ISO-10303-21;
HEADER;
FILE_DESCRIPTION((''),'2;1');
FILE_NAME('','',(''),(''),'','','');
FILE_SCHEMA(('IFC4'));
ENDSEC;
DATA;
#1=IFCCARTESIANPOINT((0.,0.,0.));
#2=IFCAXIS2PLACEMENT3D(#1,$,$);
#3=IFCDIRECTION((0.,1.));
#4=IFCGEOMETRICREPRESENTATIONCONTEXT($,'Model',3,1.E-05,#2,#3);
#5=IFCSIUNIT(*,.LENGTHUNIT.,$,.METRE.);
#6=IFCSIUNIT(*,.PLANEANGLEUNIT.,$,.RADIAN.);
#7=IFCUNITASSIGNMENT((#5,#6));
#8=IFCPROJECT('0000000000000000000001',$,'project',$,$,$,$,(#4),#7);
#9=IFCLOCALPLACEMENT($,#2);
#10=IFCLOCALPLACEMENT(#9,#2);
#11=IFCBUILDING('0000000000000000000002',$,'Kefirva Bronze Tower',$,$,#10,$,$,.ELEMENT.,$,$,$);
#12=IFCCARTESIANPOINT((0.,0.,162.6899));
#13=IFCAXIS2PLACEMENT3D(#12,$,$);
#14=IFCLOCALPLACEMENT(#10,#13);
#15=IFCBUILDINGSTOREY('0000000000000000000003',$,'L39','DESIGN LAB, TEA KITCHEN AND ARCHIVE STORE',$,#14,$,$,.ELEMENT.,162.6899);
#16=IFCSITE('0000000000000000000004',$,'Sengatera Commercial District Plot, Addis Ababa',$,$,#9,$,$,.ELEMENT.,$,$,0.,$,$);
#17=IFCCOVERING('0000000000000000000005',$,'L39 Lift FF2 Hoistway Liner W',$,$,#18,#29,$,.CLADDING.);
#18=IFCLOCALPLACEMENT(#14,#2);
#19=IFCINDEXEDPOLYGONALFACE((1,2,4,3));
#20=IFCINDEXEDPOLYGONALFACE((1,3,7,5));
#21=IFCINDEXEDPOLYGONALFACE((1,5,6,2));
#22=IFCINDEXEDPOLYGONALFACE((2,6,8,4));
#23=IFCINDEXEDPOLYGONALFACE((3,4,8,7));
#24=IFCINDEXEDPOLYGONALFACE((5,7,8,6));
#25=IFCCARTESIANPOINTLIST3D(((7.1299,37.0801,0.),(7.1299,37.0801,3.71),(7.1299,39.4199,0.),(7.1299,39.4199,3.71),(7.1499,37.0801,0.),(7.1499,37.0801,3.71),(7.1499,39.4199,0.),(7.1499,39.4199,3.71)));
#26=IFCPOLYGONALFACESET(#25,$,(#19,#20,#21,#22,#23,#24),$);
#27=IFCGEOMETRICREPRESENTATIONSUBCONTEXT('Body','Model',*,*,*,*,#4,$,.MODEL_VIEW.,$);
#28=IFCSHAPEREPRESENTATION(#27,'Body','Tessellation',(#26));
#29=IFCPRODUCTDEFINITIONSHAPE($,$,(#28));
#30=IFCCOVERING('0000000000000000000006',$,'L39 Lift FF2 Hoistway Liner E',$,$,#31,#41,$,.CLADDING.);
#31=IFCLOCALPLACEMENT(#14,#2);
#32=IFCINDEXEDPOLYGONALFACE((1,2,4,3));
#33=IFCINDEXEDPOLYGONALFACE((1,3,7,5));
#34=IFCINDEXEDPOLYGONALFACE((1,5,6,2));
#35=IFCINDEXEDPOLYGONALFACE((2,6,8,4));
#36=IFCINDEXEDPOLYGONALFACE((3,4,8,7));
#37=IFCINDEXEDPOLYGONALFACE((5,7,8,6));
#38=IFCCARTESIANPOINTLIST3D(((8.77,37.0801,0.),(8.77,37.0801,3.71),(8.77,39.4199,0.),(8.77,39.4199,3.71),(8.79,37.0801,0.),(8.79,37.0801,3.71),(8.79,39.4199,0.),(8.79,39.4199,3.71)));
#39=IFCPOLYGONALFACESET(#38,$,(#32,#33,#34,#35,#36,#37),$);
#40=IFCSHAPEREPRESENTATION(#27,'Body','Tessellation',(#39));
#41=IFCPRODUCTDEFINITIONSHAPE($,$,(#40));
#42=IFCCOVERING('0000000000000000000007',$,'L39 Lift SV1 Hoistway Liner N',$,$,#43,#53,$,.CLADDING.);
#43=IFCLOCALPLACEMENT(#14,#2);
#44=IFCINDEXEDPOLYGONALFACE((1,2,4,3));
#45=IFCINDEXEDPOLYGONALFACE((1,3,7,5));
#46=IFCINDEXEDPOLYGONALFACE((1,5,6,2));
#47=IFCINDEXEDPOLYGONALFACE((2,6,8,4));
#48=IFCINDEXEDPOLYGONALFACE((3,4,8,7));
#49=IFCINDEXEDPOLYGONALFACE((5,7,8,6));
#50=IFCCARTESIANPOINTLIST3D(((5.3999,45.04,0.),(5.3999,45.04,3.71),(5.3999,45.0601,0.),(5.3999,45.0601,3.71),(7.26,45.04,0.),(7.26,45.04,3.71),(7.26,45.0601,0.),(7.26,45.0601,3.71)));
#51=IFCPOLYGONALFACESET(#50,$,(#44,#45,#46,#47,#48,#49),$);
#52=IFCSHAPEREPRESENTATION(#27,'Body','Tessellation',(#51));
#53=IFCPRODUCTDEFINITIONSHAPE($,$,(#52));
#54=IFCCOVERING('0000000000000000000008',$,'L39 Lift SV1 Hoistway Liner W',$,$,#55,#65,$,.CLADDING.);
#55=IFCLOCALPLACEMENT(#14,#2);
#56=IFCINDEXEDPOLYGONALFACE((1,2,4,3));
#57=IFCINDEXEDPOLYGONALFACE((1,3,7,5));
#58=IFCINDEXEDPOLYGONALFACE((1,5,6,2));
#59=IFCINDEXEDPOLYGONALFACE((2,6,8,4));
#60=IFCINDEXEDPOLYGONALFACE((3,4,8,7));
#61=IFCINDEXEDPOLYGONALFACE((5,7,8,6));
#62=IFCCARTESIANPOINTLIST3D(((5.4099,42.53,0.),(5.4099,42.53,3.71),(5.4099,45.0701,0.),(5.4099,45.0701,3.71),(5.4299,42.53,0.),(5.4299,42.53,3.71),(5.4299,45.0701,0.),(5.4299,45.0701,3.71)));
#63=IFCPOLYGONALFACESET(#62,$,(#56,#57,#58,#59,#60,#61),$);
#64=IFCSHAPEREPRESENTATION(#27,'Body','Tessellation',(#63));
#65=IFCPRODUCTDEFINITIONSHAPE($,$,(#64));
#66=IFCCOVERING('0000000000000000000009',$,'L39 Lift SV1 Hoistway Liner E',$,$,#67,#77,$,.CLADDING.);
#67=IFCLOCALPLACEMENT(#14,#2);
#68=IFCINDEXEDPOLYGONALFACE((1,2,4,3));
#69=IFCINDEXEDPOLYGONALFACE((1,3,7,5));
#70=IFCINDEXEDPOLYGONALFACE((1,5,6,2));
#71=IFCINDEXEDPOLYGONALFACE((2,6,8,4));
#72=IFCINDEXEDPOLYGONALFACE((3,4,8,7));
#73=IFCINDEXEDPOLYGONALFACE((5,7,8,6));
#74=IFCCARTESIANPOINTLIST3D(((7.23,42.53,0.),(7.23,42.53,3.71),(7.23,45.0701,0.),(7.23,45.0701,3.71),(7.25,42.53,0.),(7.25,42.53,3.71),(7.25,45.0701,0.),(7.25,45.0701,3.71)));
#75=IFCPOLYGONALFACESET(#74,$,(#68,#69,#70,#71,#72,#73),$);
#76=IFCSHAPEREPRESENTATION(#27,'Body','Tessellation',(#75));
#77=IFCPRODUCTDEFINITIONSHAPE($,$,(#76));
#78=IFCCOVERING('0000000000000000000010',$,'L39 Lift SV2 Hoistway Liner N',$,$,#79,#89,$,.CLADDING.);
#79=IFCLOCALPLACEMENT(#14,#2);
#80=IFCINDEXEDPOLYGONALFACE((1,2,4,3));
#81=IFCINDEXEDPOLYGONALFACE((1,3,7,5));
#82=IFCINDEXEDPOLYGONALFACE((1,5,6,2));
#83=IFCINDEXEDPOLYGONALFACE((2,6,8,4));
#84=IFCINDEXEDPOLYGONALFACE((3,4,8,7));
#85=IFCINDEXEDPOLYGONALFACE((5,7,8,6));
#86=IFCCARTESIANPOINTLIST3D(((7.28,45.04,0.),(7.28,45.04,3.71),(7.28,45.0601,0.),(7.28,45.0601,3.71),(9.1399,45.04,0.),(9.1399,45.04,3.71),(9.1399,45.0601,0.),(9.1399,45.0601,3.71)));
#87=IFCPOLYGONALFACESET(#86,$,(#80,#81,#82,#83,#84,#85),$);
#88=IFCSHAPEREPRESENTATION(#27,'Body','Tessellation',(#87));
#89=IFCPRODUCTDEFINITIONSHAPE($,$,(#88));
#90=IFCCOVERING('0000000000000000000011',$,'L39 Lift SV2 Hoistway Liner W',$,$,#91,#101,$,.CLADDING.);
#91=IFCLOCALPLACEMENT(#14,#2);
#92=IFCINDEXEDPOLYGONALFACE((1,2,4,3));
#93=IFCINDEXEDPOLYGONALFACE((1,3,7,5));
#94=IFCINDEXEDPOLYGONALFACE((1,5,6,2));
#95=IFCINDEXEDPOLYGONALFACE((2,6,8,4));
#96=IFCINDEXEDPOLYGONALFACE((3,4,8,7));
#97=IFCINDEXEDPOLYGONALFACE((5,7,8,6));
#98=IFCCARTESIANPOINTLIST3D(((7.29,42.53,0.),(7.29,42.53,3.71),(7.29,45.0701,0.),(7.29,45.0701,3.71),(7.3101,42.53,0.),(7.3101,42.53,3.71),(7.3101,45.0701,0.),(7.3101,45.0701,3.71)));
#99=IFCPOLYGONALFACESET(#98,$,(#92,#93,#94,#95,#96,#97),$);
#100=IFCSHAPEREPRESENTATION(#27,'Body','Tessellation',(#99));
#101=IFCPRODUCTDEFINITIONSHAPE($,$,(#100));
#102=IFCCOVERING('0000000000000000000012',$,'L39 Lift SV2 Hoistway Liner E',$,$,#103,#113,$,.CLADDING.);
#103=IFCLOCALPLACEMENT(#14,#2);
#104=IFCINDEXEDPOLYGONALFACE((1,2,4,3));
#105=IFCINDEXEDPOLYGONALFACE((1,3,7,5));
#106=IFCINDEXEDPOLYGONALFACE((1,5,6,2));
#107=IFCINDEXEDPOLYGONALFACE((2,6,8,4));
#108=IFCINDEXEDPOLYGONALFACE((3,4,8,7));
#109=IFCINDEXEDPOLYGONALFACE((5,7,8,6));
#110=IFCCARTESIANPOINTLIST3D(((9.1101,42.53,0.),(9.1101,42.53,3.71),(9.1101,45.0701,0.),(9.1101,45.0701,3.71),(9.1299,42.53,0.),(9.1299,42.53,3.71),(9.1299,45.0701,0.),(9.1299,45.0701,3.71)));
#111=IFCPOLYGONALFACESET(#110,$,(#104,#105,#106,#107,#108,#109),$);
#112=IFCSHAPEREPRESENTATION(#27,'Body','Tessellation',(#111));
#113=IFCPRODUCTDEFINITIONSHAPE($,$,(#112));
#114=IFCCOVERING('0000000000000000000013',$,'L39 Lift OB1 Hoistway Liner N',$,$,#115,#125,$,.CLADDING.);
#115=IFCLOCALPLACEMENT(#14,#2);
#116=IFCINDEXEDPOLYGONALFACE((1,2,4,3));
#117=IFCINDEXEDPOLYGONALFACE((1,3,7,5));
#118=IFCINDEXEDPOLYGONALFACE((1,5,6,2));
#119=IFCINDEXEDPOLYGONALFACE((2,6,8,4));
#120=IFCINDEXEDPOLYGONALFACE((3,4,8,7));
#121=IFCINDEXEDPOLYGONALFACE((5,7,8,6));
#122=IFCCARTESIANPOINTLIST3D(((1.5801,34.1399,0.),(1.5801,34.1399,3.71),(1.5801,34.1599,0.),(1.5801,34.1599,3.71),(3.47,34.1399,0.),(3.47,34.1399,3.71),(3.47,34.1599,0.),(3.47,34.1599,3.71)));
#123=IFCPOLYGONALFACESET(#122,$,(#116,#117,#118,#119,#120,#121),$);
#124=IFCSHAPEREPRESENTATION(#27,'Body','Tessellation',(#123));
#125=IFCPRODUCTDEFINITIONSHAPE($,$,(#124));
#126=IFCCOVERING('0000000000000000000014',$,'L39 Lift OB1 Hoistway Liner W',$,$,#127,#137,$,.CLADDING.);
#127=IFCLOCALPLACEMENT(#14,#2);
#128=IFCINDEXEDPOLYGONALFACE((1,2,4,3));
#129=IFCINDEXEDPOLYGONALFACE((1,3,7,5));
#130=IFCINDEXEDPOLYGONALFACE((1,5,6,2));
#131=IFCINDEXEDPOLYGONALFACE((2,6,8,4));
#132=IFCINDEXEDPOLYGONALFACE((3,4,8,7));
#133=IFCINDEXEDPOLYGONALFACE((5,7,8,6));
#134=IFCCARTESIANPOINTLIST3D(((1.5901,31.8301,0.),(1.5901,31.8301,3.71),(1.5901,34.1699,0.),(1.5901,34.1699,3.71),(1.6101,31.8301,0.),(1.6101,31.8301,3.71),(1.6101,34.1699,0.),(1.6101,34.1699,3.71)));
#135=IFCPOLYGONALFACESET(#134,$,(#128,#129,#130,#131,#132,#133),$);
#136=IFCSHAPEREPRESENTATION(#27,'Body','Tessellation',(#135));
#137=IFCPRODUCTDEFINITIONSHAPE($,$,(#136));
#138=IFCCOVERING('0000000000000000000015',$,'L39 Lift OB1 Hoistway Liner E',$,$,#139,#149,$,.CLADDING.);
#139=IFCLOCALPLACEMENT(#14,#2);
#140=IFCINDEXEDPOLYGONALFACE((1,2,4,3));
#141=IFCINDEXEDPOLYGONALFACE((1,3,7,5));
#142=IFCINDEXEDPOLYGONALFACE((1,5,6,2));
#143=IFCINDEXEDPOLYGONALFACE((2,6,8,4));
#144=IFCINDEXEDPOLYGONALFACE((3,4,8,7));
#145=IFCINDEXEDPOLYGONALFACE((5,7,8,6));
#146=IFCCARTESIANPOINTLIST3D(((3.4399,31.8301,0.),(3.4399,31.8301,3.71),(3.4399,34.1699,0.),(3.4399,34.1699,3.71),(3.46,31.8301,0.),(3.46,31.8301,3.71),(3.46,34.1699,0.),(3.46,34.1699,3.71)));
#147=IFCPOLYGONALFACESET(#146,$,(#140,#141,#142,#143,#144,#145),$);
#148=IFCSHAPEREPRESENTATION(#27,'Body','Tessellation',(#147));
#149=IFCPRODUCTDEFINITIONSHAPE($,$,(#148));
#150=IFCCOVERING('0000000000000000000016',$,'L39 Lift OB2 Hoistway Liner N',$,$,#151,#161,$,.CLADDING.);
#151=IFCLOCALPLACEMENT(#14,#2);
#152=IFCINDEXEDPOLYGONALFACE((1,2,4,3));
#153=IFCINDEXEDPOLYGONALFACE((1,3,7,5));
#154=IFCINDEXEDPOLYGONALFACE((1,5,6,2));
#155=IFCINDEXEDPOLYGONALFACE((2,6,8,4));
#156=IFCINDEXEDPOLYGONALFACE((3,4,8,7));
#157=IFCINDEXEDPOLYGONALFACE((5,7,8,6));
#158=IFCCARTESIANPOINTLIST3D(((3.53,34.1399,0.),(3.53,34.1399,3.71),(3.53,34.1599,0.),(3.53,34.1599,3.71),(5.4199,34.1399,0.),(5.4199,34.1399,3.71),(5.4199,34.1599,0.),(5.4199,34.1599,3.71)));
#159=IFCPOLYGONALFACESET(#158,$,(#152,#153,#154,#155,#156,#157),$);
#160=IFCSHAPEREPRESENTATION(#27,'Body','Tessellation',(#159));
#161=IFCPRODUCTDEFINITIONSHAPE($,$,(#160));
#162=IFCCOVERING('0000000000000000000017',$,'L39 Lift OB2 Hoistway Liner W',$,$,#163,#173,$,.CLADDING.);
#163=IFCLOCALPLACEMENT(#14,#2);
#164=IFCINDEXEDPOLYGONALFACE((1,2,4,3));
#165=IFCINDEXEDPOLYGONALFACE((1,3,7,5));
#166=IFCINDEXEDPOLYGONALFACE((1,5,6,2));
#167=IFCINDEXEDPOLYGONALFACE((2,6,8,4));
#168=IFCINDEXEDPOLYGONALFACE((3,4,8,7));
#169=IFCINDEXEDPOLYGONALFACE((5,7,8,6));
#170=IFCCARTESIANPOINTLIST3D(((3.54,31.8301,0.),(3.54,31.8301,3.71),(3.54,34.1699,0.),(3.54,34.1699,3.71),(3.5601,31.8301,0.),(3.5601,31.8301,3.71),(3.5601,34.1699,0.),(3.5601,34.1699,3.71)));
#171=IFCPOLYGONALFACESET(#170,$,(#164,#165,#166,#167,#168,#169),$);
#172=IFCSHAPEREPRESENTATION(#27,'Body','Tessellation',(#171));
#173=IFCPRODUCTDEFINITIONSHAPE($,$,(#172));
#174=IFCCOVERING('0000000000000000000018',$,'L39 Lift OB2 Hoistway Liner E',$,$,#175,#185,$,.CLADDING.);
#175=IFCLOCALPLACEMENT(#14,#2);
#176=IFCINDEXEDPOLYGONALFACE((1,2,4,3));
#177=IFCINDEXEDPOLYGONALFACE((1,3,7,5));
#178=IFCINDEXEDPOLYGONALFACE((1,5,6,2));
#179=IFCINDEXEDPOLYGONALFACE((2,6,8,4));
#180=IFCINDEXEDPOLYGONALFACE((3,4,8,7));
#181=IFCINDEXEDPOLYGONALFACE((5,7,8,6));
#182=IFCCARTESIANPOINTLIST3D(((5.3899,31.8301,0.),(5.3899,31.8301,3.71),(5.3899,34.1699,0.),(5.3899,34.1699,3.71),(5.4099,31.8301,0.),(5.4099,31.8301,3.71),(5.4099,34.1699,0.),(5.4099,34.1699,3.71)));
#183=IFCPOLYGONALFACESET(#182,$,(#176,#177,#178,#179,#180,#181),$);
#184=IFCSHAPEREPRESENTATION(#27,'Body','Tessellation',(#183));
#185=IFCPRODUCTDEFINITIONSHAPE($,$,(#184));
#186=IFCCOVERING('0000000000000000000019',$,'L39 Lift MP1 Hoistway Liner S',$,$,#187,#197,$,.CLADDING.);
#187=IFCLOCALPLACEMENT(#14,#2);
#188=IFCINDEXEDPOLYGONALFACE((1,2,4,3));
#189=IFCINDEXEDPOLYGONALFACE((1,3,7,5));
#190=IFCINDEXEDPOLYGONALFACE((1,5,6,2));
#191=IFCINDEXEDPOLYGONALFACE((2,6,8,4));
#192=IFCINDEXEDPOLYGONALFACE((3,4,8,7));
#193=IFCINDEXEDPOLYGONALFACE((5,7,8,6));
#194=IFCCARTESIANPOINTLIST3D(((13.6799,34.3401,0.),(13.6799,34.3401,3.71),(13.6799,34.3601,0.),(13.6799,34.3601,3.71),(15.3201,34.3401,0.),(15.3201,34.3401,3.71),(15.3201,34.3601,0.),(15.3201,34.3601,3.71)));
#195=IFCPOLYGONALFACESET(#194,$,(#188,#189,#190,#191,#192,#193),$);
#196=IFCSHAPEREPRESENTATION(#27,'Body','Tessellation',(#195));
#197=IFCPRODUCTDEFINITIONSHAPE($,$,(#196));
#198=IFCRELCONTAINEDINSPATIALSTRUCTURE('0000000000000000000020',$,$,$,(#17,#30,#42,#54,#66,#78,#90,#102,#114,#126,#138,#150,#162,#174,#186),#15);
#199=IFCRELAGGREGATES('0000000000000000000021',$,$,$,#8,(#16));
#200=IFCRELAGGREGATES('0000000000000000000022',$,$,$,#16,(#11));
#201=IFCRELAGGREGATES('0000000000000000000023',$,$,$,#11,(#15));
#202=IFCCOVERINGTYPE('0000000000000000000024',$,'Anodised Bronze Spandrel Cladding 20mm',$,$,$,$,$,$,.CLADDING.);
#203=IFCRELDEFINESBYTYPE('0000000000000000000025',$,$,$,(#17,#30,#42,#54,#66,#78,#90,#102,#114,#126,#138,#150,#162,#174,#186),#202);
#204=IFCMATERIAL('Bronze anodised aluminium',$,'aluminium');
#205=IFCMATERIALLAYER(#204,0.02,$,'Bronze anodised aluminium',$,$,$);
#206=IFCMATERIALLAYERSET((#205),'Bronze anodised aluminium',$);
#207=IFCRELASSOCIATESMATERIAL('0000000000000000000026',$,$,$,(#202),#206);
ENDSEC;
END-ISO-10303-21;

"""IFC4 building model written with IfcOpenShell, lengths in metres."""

from ifc_helpers import new_model, si_unit, direction, frame, origin, place, context, subcontext, project, spatial, polyline, outline, extrude, material, layer, layer_set, type_object, element, save


model = new_model("IFC4")

# Units and contexts
model_context = context("Model", 3, precision=1e-05, world=origin(), true_north=direction((0.0, 1.0)))
body_context = subcontext(model_context, "Body", "Model", "MODEL_VIEW")
ifc_project = project(units=[si_unit("LENGTHUNIT", "METRE"), si_unit("PLANEANGLEUNIT", "RADIAN")], contexts=[model_context])

# Site, building, storey
site_placement = place(None, origin())
site = spatial("IfcSite", under=ifc_project, at=site_placement, Name="Sengatera Commercial District Plot, Addis Ababa", CompositionType="ELEMENT", RefElevation=0.0)
building_placement = place(site_placement, origin())
building = spatial("IfcBuilding", under=site, at=building_placement, Name="Kefirva Bronze Tower", CompositionType="ELEMENT")
storey_placement = place(building_placement, frame((0.0, 0.0, 162.6899)))
storey = spatial("IfcBuildingStorey", under=building, at=storey_placement, Name="L39", Description="DESIGN LAB, TEA KITCHEN AND ARCHIVE STORE", CompositionType="ELEMENT", Elevation=162.6899)

# Coverings
ifc_material_1 = material(Name="Bronze anodised aluminium", Category="aluminium")
ifc_layer_1 = layer(ifc_material_1, 0.02, Name="Bronze anodised aluminium")
ifc_layer_set_1 = layer_set([ifc_layer_1], Name="Bronze anodised aluminium")
covering_type = type_object("IfcCoveringType", Name="Anodised Bronze Spandrel Cladding 20mm", PredefinedType="CLADDING", material=ifc_layer_set_1)
covering_1_placement = place(storey_placement, origin())
element("IfcCovering", 1, at=covering_1_placement, inside=storey, type_object=covering_type, Name="L39 Lift FF2 Hoistway Liner W", PredefinedType="CLADDING", context=body_context, shape_type="SweptSolid", body=[
    extrude(outline(polyline([(7.1299, 37.0801), (7.1499, 37.0801), (7.1499, 39.4199), (7.1299, 39.4199), (7.1299, 37.0801)])), origin(), (0.0, 0.0, 1.0), 3.71),
])
covering_2_placement = place(storey_placement, origin())
element("IfcCovering", 2, at=covering_2_placement, inside=storey, type_object=covering_type, Name="L39 Lift FF2 Hoistway Liner E", PredefinedType="CLADDING", context=body_context, shape_type="SweptSolid", body=[
    extrude(outline(polyline([(8.77, 37.0801), (8.79, 37.0801), (8.79, 39.4199), (8.77, 39.4199), (8.77, 37.0801)])), origin(), (0.0, 0.0, 1.0), 3.71),
])
covering_3_placement = place(storey_placement, origin())
element("IfcCovering", 3, at=covering_3_placement, inside=storey, type_object=covering_type, Name="L39 Lift SV1 Hoistway Liner N", PredefinedType="CLADDING", context=body_context, shape_type="SweptSolid", body=[
    extrude(outline(polyline([(5.3999, 45.04), (7.26, 45.04), (7.26, 45.0601), (5.3999, 45.0601), (5.3999, 45.04)])), origin(), (0.0, 0.0, 1.0), 3.71),
])
covering_4_placement = place(storey_placement, origin())
element("IfcCovering", 4, at=covering_4_placement, inside=storey, type_object=covering_type, Name="L39 Lift SV1 Hoistway Liner W", PredefinedType="CLADDING", context=body_context, shape_type="SweptSolid", body=[
    extrude(outline(polyline([(5.4099, 42.53), (5.4299, 42.53), (5.4299, 45.0701), (5.4099, 45.0701), (5.4099, 42.53)])), origin(), (0.0, 0.0, 1.0), 3.71),
])
covering_5_placement = place(storey_placement, origin())
element("IfcCovering", 5, at=covering_5_placement, inside=storey, type_object=covering_type, Name="L39 Lift SV1 Hoistway Liner E", PredefinedType="CLADDING", context=body_context, shape_type="SweptSolid", body=[
    extrude(outline(polyline([(7.23, 42.53), (7.25, 42.53), (7.25, 45.0701), (7.23, 45.0701), (7.23, 42.53)])), origin(), (0.0, 0.0, 1.0), 3.71),
])
covering_6_placement = place(storey_placement, origin())
element("IfcCovering", 6, at=covering_6_placement, inside=storey, type_object=covering_type, Name="L39 Lift SV2 Hoistway Liner N", PredefinedType="CLADDING", context=body_context, shape_type="SweptSolid", body=[
    extrude(outline(polyline([(7.28, 45.04), (9.1399, 45.04), (9.1399, 45.0601), (7.28, 45.0601), (7.28, 45.04)])), origin(), (0.0, 0.0, 1.0), 3.71),
])
covering_7_placement = place(storey_placement, origin())
element("IfcCovering", 7, at=covering_7_placement, inside=storey, type_object=covering_type, Name="L39 Lift SV2 Hoistway Liner W", PredefinedType="CLADDING", context=body_context, shape_type="SweptSolid", body=[
    extrude(outline(polyline([(7.29, 42.53), (7.3101, 42.53), (7.3101, 45.0701), (7.29, 45.0701), (7.29, 42.53)])), origin(), (0.0, 0.0, 1.0), 3.71),
])
covering_8_placement = place(storey_placement, origin())
element("IfcCovering", 8, at=covering_8_placement, inside=storey, type_object=covering_type, Name="L39 Lift SV2 Hoistway Liner E", PredefinedType="CLADDING", context=body_context, shape_type="SweptSolid", body=[
    extrude(outline(polyline([(9.1101, 42.53), (9.1299, 42.53), (9.1299, 45.0701), (9.1101, 45.0701), (9.1101, 42.53)])), origin(), (0.0, 0.0, 1.0), 3.71),
])
covering_9_placement = place(storey_placement, origin())
element("IfcCovering", 9, at=covering_9_placement, inside=storey, type_object=covering_type, Name="L39 Lift OB1 Hoistway Liner N", PredefinedType="CLADDING", context=body_context, shape_type="SweptSolid", body=[
    extrude(outline(polyline([(1.5801, 34.1399), (3.47, 34.1399), (3.47, 34.1599), (1.5801, 34.1599), (1.5801, 34.1399)])), origin(), (0.0, 0.0, 1.0), 3.71),
])
covering_10_placement = place(storey_placement, origin())
element("IfcCovering", 10, at=covering_10_placement, inside=storey, type_object=covering_type, Name="L39 Lift OB1 Hoistway Liner W", PredefinedType="CLADDING", context=body_context, shape_type="SweptSolid", body=[
    extrude(outline(polyline([(1.5901, 31.8301), (1.6101, 31.8301), (1.6101, 34.1699), (1.5901, 34.1699), (1.5901, 31.8301)])), origin(), (0.0, 0.0, 1.0), 3.71),
])
covering_11_placement = place(storey_placement, origin())
element("IfcCovering", 11, at=covering_11_placement, inside=storey, type_object=covering_type, Name="L39 Lift OB1 Hoistway Liner E", PredefinedType="CLADDING", context=body_context, shape_type="SweptSolid", body=[
    extrude(outline(polyline([(3.4399, 31.8301), (3.46, 31.8301), (3.46, 34.1699), (3.4399, 34.1699), (3.4399, 31.8301)])), origin(), (0.0, 0.0, 1.0), 3.71),
])
covering_12_placement = place(storey_placement, origin())
element("IfcCovering", 12, at=covering_12_placement, inside=storey, type_object=covering_type, Name="L39 Lift OB2 Hoistway Liner N", PredefinedType="CLADDING", context=body_context, shape_type="SweptSolid", body=[
    extrude(outline(polyline([(3.53, 34.1399), (5.4199, 34.1399), (5.4199, 34.1599), (3.53, 34.1599), (3.53, 34.1399)])), origin(), (0.0, 0.0, 1.0), 3.71),
])
covering_13_placement = place(storey_placement, origin())
element("IfcCovering", 13, at=covering_13_placement, inside=storey, type_object=covering_type, Name="L39 Lift OB2 Hoistway Liner W", PredefinedType="CLADDING", context=body_context, shape_type="SweptSolid", body=[
    extrude(outline(polyline([(3.54, 31.8301), (3.5601, 31.8301), (3.5601, 34.1699), (3.54, 34.1699), (3.54, 31.8301)])), origin(), (0.0, 0.0, 1.0), 3.71),
])
covering_14_placement = place(storey_placement, origin())
element("IfcCovering", 14, at=covering_14_placement, inside=storey, type_object=covering_type, Name="L39 Lift OB2 Hoistway Liner E", PredefinedType="CLADDING", context=body_context, shape_type="SweptSolid", body=[
    extrude(outline(polyline([(5.3899, 31.8301), (5.4099, 31.8301), (5.4099, 34.1699), (5.3899, 34.1699), (5.3899, 31.8301)])), origin(), (0.0, 0.0, 1.0), 3.71),
])
covering_15_placement = place(storey_placement, origin())
element("IfcCovering", 15, at=covering_15_placement, inside=storey, type_object=covering_type, Name="L39 Lift MP1 Hoistway Liner S", PredefinedType="CLADDING", context=body_context, shape_type="SweptSolid", body=[
    extrude(outline(polyline([(13.6799, 34.3401), (15.3201, 34.3401), (15.3201, 34.3601), (13.6799, 34.3601), (13.6799, 34.3401)])), origin(), (0.0, 0.0, 1.0), 3.71),
])

save(model, "model.ifc")
